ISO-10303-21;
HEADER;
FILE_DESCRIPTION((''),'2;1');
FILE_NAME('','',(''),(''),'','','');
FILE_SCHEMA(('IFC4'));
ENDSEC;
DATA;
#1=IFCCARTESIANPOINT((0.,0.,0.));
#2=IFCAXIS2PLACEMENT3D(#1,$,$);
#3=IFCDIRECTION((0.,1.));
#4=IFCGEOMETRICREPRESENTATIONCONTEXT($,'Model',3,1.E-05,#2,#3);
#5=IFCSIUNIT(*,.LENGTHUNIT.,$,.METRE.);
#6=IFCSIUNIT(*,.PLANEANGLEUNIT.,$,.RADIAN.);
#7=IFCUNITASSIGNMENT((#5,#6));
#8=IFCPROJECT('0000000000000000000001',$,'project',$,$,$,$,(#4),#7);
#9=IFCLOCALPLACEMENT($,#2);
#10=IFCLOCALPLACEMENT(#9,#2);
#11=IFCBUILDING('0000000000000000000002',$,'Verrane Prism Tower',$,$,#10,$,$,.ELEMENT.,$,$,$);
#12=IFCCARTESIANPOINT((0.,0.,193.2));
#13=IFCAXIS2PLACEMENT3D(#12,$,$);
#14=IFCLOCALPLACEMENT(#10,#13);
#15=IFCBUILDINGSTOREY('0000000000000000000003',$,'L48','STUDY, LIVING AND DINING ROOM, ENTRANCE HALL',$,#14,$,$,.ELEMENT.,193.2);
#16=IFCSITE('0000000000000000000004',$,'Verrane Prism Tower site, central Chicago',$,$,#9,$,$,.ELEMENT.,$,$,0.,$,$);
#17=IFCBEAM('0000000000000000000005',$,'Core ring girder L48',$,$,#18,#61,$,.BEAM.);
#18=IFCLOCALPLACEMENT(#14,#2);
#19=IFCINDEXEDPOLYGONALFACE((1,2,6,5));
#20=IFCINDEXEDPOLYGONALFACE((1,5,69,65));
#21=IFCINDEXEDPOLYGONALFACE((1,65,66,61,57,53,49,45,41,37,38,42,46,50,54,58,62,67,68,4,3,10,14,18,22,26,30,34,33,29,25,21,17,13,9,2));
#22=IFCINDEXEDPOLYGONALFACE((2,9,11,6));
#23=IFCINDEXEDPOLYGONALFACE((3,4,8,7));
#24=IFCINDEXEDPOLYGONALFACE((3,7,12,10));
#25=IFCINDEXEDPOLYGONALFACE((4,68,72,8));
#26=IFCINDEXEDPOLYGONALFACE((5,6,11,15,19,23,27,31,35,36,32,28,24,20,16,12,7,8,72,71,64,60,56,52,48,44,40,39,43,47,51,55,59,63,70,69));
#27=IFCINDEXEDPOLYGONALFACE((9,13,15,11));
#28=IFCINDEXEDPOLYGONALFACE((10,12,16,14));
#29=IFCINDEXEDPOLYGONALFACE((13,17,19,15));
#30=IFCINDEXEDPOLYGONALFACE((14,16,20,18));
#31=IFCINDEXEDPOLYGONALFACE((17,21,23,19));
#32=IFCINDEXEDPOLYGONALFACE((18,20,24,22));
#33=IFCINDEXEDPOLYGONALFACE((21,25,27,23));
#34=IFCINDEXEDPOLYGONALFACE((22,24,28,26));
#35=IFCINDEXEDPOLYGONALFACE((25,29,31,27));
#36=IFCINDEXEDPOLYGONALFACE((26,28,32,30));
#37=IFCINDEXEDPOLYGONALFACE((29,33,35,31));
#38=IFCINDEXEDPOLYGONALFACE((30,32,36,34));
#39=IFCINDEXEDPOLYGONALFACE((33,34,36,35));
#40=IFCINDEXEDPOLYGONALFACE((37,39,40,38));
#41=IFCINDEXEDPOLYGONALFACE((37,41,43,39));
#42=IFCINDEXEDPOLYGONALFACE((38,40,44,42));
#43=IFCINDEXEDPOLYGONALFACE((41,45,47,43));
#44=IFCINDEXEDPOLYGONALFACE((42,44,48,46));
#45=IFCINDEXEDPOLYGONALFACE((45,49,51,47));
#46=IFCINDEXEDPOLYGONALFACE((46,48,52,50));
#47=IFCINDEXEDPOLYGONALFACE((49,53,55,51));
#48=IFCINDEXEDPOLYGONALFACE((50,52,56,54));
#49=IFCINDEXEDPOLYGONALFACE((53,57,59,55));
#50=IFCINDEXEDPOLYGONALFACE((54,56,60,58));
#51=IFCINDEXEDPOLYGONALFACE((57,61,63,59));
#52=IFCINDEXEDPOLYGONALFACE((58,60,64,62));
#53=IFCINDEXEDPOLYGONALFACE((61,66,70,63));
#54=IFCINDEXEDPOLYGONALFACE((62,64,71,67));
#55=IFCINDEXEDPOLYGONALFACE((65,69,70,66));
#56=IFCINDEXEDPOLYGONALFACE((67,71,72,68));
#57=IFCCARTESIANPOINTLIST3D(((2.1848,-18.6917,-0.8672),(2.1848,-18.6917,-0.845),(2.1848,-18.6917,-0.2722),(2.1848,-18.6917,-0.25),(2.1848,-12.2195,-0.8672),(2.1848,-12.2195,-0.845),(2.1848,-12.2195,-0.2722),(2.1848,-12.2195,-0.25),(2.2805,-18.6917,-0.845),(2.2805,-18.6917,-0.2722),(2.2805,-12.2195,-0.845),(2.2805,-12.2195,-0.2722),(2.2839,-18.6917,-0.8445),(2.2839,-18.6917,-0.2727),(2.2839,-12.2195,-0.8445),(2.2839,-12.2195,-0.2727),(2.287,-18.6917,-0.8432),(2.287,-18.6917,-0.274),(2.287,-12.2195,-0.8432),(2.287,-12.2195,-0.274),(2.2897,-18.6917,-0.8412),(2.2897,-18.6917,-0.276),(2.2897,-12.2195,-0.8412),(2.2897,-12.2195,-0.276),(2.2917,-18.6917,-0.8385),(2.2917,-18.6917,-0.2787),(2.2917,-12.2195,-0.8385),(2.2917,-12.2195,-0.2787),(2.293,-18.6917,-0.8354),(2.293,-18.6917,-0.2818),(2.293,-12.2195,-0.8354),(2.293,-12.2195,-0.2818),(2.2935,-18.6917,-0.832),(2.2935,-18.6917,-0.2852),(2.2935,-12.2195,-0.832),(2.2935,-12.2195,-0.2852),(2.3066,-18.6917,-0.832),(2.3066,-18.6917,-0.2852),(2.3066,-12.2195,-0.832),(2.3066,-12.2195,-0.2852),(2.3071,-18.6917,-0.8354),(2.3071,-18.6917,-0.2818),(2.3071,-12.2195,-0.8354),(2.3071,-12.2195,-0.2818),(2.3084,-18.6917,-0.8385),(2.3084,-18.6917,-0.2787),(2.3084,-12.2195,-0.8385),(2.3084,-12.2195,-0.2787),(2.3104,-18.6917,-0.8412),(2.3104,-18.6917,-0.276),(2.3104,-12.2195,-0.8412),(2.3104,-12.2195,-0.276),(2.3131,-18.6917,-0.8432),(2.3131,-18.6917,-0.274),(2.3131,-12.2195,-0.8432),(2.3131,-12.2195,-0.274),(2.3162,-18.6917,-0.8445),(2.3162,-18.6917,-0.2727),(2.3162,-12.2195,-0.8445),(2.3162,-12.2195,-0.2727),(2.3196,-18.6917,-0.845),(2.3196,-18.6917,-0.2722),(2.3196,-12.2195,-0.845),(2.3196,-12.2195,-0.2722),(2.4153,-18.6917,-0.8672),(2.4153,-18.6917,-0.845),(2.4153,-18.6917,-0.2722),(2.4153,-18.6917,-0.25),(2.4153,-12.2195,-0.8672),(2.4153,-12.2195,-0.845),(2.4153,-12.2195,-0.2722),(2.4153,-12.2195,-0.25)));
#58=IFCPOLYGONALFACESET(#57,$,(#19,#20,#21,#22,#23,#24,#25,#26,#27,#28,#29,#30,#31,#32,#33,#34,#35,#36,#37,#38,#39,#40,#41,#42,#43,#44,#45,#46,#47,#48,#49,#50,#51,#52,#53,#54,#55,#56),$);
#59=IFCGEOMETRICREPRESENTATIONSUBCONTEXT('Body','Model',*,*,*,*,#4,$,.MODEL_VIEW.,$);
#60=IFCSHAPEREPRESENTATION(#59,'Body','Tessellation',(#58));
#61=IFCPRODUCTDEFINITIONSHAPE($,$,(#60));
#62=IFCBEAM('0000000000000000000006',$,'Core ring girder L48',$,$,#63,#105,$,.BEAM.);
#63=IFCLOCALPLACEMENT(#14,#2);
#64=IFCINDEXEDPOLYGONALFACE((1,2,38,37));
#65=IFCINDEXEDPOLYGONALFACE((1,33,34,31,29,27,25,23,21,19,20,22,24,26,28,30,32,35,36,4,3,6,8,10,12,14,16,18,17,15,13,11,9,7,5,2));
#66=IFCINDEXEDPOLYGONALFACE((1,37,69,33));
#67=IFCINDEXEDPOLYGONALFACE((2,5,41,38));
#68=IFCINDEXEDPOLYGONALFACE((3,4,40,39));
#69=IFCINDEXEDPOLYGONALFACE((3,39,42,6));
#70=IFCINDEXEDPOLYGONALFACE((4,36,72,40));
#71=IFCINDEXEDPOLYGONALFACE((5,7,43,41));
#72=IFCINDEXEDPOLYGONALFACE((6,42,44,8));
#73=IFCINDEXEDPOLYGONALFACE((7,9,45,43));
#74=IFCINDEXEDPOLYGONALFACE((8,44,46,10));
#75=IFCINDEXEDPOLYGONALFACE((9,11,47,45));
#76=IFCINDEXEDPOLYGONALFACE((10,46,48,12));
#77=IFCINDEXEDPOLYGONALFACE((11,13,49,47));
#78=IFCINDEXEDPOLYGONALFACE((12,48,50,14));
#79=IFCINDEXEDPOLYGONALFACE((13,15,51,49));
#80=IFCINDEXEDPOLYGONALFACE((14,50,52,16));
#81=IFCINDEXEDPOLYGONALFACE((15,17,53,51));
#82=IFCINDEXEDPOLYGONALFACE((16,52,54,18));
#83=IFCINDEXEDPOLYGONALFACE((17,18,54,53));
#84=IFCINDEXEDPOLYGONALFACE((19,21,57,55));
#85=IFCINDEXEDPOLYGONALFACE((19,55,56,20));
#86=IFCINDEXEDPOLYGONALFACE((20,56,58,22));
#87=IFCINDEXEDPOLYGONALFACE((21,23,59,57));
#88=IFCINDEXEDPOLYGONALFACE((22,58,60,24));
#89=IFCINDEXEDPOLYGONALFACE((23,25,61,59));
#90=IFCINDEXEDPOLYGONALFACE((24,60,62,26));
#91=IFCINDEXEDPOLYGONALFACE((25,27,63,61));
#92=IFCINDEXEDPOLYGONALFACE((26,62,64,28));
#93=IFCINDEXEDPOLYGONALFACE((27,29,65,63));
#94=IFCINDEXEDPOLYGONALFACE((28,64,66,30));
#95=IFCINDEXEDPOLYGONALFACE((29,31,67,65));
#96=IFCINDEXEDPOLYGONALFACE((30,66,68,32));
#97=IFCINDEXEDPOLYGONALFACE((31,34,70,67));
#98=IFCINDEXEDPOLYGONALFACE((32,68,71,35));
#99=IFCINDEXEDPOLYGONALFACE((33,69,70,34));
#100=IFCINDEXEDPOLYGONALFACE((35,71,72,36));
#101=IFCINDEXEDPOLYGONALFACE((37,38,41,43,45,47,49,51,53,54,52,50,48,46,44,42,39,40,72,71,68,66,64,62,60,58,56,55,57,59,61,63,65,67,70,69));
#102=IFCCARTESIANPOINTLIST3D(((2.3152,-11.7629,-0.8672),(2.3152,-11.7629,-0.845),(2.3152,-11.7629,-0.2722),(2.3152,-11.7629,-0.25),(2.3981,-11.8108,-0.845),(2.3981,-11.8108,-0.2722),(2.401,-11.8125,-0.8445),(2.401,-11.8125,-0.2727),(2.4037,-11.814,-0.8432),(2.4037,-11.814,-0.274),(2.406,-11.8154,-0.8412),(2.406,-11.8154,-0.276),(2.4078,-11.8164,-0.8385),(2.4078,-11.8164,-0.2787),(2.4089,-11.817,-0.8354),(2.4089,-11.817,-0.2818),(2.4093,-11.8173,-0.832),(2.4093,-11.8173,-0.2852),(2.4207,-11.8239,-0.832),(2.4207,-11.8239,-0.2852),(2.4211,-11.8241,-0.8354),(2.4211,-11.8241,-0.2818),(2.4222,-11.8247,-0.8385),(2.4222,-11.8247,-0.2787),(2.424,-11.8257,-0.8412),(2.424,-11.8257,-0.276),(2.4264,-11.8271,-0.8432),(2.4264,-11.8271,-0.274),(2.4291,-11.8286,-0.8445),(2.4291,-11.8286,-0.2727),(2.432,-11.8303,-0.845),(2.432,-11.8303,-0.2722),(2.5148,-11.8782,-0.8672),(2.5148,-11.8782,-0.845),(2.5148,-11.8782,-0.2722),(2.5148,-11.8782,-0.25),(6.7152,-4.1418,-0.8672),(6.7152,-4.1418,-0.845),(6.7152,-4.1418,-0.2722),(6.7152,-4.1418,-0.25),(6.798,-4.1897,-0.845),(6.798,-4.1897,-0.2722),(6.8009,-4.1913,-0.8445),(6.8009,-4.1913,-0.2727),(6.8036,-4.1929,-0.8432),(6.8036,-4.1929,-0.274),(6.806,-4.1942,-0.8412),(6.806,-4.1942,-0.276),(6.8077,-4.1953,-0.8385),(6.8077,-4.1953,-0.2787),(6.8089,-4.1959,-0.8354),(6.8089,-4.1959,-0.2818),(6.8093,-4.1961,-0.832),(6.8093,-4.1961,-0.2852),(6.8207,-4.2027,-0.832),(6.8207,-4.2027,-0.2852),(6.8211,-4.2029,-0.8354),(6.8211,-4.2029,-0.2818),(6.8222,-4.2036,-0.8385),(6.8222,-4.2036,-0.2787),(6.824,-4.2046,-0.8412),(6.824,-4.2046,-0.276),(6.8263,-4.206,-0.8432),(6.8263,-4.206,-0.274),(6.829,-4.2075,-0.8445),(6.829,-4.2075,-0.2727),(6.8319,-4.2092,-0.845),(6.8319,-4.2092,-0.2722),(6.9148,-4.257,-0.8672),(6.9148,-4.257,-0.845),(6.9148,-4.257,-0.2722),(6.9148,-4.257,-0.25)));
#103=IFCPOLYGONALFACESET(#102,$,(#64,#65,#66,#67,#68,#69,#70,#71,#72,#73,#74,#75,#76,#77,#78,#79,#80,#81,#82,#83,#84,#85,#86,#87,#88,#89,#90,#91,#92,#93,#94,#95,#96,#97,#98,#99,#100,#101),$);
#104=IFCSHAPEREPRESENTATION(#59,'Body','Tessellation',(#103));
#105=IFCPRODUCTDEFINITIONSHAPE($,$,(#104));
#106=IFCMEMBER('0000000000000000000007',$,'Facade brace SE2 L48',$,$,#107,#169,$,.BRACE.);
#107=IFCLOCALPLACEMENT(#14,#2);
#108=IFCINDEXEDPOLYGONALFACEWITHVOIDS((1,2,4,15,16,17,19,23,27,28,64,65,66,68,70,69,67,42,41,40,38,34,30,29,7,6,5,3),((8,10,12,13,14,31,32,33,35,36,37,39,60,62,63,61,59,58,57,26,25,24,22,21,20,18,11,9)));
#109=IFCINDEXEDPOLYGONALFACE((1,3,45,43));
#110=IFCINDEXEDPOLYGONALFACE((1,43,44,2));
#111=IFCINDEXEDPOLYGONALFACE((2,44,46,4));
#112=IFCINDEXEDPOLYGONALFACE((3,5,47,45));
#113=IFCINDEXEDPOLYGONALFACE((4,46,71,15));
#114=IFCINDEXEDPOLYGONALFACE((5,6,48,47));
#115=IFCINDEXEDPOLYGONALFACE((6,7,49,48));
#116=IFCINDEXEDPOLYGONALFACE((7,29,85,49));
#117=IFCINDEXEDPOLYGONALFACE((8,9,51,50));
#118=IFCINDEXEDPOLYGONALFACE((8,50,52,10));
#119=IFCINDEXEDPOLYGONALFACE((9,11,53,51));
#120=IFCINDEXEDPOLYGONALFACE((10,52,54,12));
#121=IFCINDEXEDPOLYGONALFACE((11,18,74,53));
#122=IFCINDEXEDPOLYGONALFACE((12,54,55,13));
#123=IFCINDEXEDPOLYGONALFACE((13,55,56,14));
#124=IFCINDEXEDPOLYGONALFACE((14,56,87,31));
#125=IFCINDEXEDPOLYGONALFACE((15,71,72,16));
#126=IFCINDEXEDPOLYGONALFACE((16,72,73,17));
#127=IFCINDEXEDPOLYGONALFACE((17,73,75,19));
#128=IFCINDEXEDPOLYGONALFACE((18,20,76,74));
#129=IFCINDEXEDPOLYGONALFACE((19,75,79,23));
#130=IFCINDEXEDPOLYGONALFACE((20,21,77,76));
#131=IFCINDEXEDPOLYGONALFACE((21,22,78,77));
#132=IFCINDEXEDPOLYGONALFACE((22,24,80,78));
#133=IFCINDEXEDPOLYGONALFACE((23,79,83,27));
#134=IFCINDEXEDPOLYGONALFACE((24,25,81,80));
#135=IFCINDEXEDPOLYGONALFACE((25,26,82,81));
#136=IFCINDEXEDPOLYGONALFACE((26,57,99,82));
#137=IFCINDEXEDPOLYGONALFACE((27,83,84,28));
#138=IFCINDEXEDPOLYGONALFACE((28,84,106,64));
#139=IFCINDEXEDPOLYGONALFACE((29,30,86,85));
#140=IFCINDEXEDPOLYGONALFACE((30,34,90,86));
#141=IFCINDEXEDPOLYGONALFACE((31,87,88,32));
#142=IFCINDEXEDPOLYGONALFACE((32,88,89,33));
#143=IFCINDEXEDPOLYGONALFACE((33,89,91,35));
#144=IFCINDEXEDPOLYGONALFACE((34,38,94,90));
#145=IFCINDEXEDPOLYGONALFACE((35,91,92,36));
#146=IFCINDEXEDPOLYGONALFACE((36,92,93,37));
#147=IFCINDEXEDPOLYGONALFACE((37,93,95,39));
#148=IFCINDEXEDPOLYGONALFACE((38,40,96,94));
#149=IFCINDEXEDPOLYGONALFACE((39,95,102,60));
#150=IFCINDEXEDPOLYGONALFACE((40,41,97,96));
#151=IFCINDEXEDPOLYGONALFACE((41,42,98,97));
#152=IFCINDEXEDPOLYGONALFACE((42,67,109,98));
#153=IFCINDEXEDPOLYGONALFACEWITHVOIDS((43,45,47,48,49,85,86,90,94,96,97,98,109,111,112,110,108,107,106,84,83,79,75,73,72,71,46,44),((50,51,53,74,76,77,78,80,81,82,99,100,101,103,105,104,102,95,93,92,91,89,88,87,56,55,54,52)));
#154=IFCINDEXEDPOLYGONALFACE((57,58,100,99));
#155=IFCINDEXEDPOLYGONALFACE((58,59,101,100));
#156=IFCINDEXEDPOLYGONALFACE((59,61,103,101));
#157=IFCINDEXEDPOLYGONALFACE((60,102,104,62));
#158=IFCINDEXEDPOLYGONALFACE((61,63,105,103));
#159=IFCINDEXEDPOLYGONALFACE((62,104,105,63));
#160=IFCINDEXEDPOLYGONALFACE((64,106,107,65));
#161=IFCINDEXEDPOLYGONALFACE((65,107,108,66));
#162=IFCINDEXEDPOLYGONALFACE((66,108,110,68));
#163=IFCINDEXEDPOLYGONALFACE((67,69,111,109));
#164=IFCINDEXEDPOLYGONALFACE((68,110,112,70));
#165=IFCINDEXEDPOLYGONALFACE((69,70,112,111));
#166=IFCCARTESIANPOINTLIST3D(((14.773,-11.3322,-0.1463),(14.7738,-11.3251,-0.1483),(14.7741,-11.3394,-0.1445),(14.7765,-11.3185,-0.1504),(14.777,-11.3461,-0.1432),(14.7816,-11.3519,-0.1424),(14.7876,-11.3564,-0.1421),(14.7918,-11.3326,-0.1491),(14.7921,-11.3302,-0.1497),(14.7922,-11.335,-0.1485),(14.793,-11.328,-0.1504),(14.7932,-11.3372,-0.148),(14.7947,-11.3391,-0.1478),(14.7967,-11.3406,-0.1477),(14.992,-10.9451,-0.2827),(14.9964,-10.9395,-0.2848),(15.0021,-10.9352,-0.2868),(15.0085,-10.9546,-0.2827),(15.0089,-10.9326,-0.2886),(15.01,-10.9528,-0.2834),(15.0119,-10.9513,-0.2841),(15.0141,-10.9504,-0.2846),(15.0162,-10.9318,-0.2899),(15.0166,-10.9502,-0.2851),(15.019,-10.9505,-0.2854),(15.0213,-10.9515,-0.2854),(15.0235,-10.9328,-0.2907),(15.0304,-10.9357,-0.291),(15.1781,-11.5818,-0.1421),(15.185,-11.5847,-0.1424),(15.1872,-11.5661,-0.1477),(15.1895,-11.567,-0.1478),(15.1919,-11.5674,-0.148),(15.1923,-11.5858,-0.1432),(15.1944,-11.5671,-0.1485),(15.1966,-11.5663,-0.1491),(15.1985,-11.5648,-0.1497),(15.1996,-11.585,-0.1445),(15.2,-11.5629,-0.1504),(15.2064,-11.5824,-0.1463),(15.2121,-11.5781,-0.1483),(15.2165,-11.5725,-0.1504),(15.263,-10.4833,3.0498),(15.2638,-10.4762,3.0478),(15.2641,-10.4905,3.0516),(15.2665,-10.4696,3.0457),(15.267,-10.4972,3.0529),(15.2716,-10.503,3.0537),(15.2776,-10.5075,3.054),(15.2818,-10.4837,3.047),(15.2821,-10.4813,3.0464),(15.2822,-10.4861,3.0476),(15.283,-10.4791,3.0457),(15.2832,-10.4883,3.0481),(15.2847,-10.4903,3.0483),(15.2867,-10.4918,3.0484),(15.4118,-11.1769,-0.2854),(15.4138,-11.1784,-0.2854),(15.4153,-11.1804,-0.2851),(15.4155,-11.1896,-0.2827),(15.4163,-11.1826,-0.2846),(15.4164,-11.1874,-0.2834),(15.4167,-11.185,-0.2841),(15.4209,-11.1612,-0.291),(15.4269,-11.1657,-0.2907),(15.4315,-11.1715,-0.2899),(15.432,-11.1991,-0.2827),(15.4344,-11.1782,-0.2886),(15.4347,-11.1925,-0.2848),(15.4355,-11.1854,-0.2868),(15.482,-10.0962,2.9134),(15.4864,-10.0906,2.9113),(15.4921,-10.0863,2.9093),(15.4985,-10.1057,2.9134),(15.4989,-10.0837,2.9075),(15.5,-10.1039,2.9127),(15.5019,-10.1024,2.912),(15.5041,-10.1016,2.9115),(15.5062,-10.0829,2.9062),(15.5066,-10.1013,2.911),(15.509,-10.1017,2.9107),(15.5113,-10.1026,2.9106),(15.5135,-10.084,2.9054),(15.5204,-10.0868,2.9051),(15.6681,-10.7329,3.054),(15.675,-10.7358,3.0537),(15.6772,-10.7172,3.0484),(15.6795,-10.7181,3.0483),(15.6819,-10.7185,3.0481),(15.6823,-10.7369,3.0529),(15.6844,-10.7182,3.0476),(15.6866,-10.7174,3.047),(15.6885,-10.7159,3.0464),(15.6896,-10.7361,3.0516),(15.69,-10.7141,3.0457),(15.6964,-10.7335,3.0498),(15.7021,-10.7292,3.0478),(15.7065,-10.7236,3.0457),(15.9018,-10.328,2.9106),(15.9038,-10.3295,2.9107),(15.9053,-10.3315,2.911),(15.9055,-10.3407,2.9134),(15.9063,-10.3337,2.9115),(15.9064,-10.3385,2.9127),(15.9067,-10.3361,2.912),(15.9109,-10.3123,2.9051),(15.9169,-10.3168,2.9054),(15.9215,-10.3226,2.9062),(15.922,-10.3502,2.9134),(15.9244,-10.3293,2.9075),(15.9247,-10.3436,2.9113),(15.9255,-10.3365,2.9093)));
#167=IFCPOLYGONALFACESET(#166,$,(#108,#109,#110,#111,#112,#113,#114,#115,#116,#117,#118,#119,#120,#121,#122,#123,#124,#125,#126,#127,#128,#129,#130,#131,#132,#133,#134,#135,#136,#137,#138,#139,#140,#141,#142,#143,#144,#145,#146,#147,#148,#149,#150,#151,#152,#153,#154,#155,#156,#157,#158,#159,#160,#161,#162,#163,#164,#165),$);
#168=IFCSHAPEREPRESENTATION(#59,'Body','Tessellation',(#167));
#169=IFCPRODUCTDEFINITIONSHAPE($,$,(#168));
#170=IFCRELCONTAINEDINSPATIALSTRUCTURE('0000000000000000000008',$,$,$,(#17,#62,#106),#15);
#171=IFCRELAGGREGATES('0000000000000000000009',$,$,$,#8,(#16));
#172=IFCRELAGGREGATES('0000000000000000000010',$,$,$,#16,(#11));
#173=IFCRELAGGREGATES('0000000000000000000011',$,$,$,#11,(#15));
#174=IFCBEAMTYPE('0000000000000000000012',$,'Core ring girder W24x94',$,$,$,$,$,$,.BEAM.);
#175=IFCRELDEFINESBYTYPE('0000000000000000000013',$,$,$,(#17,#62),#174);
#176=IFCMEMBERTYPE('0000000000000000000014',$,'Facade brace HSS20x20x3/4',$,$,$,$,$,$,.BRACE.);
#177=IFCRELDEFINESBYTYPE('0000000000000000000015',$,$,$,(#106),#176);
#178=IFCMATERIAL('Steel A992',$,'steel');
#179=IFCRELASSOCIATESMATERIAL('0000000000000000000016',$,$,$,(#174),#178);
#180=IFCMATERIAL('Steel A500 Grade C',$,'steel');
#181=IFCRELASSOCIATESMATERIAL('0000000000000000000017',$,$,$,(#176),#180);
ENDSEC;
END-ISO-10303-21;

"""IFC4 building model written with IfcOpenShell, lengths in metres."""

from ifc_helpers import new_model, si_unit, direction, frame, origin, origin_2d, place, context, subcontext, project, spatial, hollow_rectangle, i_section, extrude, material, material_profile, profile_set, type_object, element, save


model = new_model("IFC4")

# Units and contexts
model_context = context("Model", 3, precision=1e-05, world=origin(), true_north=direction((0.0, 1.0)))
body_context = subcontext(model_context, "Body", "Model", "MODEL_VIEW")
ifc_project = project(units=[si_unit("LENGTHUNIT", "METRE"), si_unit("PLANEANGLEUNIT", "RADIAN")], contexts=[model_context])

# Site, building, storey
site_placement = place(None, origin())
site = spatial("IfcSite", under=ifc_project, at=site_placement, Name="Verrane Prism Tower site, central Chicago", CompositionType="ELEMENT", RefElevation=0.0)
building_placement = place(site_placement, origin())
building = spatial("IfcBuilding", under=site, at=building_placement, Name="Verrane Prism Tower", CompositionType="ELEMENT")
storey_placement = place(building_placement, frame((0.0, 0.0, 193.2)))
storey = spatial("IfcBuildingStorey", under=building, at=storey_placement, Name="L48", Description="STUDY, LIVING AND DINING ROOM, ENTRANCE HALL", CompositionType="ELEMENT", Elevation=193.2)

# Beams
ifc_material_1 = material(Name="Steel A992", Category="steel")
ifc_material_profile_1 = material_profile(ifc_material_1, i_section(OverallWidth=0.2305, OverallDepth=0.6172, WebThickness=0.0132, FlangeThickness=0.0222, FilletRadius=0.0129, at=origin_2d()), Name="W24x94")
ifc_profile_set_1 = profile_set([ifc_material_profile_1], Name="Steel A992")
beam_type_1 = type_object("IfcBeamType", Name="Core ring girder W24x94", PredefinedType="BEAM", material=ifc_profile_set_1)
beam_1_placement = place(storey_placement, frame((2.3, -18.6917, -0.5586), z_axis=(0.0, 1.0, 0.0), x_axis=(-1.0, 0.0, 0.0)))
element("IfcBeam", 1, at=beam_1_placement, inside=storey, type_object=beam_type_1, Name="Core ring girder L48", PredefinedType="BEAM", context=body_context, shape_type="SweptSolid", body=[
    extrude(i_section(OverallWidth=0.2305, OverallDepth=0.6172, WebThickness=0.0132, FlangeThickness=0.0222, FilletRadius=0.0129, at=origin_2d()), origin(), (0.0, 0.0, 1.0), 6.4722),
])
beam_2_placement = place(storey_placement, frame((2.415, -11.8206, -0.5586), z_axis=(0.499988, 0.866032, 0.0), x_axis=(-0.866032, 0.499988, 0.0)))
element("IfcBeam", 2, at=beam_2_placement, inside=storey, type_object=beam_type_1, Name="Core ring girder L48", PredefinedType="BEAM", context=body_context, shape_type="SweptSolid", body=[
    extrude(i_section(OverallWidth=0.2305, OverallDepth=0.6172, WebThickness=0.0132, FlangeThickness=0.0222, FilletRadius=0.0129, at=origin_2d()), origin(), (0.0, 0.0, 1.0), 8.8),
])

# Member
ifc_material_2 = material(Name="Steel A500 Grade C", Category="steel")
ifc_material_profile_2 = material_profile(ifc_material_2, hollow_rectangle(XDim=0.5081, YDim=0.5081, WallThickness=0.019, InnerFilletRadius=0.0095, OuterFilletRadius=0.0286, at=origin_2d()), Name="HSS20x20x3/4")
ifc_profile_set_2 = profile_set([ifc_material_profile_2], Name="Steel A500 Grade C")
member_type_1 = type_object("IfcMemberType", Name="Facade brace HSS20x20x3/4", PredefinedType="BRACE", material=ifc_profile_set_2)
member_1_placement = place(storey_placement, frame((15.1042, -11.2588, -0.2166), z_axis=(0.146574, 0.25393, 0.956052), x_axis=(-0.866074, 0.499917, 0.0)))
element("IfcMember", 3, at=member_1_placement, inside=storey, type_object=member_type_1, Name="Facade brace SE2 L48", PredefinedType="BRACE", context=body_context, shape_type="SweptSolid", body=[
    extrude(hollow_rectangle(XDim=0.5081, YDim=0.5081, WallThickness=0.019, InnerFilletRadius=0.0095, OuterFilletRadius=0.0286, at=origin_2d()), origin(), (0.0, 0.0, 1.0), 3.343),
])

save(model, "model.ifc")
